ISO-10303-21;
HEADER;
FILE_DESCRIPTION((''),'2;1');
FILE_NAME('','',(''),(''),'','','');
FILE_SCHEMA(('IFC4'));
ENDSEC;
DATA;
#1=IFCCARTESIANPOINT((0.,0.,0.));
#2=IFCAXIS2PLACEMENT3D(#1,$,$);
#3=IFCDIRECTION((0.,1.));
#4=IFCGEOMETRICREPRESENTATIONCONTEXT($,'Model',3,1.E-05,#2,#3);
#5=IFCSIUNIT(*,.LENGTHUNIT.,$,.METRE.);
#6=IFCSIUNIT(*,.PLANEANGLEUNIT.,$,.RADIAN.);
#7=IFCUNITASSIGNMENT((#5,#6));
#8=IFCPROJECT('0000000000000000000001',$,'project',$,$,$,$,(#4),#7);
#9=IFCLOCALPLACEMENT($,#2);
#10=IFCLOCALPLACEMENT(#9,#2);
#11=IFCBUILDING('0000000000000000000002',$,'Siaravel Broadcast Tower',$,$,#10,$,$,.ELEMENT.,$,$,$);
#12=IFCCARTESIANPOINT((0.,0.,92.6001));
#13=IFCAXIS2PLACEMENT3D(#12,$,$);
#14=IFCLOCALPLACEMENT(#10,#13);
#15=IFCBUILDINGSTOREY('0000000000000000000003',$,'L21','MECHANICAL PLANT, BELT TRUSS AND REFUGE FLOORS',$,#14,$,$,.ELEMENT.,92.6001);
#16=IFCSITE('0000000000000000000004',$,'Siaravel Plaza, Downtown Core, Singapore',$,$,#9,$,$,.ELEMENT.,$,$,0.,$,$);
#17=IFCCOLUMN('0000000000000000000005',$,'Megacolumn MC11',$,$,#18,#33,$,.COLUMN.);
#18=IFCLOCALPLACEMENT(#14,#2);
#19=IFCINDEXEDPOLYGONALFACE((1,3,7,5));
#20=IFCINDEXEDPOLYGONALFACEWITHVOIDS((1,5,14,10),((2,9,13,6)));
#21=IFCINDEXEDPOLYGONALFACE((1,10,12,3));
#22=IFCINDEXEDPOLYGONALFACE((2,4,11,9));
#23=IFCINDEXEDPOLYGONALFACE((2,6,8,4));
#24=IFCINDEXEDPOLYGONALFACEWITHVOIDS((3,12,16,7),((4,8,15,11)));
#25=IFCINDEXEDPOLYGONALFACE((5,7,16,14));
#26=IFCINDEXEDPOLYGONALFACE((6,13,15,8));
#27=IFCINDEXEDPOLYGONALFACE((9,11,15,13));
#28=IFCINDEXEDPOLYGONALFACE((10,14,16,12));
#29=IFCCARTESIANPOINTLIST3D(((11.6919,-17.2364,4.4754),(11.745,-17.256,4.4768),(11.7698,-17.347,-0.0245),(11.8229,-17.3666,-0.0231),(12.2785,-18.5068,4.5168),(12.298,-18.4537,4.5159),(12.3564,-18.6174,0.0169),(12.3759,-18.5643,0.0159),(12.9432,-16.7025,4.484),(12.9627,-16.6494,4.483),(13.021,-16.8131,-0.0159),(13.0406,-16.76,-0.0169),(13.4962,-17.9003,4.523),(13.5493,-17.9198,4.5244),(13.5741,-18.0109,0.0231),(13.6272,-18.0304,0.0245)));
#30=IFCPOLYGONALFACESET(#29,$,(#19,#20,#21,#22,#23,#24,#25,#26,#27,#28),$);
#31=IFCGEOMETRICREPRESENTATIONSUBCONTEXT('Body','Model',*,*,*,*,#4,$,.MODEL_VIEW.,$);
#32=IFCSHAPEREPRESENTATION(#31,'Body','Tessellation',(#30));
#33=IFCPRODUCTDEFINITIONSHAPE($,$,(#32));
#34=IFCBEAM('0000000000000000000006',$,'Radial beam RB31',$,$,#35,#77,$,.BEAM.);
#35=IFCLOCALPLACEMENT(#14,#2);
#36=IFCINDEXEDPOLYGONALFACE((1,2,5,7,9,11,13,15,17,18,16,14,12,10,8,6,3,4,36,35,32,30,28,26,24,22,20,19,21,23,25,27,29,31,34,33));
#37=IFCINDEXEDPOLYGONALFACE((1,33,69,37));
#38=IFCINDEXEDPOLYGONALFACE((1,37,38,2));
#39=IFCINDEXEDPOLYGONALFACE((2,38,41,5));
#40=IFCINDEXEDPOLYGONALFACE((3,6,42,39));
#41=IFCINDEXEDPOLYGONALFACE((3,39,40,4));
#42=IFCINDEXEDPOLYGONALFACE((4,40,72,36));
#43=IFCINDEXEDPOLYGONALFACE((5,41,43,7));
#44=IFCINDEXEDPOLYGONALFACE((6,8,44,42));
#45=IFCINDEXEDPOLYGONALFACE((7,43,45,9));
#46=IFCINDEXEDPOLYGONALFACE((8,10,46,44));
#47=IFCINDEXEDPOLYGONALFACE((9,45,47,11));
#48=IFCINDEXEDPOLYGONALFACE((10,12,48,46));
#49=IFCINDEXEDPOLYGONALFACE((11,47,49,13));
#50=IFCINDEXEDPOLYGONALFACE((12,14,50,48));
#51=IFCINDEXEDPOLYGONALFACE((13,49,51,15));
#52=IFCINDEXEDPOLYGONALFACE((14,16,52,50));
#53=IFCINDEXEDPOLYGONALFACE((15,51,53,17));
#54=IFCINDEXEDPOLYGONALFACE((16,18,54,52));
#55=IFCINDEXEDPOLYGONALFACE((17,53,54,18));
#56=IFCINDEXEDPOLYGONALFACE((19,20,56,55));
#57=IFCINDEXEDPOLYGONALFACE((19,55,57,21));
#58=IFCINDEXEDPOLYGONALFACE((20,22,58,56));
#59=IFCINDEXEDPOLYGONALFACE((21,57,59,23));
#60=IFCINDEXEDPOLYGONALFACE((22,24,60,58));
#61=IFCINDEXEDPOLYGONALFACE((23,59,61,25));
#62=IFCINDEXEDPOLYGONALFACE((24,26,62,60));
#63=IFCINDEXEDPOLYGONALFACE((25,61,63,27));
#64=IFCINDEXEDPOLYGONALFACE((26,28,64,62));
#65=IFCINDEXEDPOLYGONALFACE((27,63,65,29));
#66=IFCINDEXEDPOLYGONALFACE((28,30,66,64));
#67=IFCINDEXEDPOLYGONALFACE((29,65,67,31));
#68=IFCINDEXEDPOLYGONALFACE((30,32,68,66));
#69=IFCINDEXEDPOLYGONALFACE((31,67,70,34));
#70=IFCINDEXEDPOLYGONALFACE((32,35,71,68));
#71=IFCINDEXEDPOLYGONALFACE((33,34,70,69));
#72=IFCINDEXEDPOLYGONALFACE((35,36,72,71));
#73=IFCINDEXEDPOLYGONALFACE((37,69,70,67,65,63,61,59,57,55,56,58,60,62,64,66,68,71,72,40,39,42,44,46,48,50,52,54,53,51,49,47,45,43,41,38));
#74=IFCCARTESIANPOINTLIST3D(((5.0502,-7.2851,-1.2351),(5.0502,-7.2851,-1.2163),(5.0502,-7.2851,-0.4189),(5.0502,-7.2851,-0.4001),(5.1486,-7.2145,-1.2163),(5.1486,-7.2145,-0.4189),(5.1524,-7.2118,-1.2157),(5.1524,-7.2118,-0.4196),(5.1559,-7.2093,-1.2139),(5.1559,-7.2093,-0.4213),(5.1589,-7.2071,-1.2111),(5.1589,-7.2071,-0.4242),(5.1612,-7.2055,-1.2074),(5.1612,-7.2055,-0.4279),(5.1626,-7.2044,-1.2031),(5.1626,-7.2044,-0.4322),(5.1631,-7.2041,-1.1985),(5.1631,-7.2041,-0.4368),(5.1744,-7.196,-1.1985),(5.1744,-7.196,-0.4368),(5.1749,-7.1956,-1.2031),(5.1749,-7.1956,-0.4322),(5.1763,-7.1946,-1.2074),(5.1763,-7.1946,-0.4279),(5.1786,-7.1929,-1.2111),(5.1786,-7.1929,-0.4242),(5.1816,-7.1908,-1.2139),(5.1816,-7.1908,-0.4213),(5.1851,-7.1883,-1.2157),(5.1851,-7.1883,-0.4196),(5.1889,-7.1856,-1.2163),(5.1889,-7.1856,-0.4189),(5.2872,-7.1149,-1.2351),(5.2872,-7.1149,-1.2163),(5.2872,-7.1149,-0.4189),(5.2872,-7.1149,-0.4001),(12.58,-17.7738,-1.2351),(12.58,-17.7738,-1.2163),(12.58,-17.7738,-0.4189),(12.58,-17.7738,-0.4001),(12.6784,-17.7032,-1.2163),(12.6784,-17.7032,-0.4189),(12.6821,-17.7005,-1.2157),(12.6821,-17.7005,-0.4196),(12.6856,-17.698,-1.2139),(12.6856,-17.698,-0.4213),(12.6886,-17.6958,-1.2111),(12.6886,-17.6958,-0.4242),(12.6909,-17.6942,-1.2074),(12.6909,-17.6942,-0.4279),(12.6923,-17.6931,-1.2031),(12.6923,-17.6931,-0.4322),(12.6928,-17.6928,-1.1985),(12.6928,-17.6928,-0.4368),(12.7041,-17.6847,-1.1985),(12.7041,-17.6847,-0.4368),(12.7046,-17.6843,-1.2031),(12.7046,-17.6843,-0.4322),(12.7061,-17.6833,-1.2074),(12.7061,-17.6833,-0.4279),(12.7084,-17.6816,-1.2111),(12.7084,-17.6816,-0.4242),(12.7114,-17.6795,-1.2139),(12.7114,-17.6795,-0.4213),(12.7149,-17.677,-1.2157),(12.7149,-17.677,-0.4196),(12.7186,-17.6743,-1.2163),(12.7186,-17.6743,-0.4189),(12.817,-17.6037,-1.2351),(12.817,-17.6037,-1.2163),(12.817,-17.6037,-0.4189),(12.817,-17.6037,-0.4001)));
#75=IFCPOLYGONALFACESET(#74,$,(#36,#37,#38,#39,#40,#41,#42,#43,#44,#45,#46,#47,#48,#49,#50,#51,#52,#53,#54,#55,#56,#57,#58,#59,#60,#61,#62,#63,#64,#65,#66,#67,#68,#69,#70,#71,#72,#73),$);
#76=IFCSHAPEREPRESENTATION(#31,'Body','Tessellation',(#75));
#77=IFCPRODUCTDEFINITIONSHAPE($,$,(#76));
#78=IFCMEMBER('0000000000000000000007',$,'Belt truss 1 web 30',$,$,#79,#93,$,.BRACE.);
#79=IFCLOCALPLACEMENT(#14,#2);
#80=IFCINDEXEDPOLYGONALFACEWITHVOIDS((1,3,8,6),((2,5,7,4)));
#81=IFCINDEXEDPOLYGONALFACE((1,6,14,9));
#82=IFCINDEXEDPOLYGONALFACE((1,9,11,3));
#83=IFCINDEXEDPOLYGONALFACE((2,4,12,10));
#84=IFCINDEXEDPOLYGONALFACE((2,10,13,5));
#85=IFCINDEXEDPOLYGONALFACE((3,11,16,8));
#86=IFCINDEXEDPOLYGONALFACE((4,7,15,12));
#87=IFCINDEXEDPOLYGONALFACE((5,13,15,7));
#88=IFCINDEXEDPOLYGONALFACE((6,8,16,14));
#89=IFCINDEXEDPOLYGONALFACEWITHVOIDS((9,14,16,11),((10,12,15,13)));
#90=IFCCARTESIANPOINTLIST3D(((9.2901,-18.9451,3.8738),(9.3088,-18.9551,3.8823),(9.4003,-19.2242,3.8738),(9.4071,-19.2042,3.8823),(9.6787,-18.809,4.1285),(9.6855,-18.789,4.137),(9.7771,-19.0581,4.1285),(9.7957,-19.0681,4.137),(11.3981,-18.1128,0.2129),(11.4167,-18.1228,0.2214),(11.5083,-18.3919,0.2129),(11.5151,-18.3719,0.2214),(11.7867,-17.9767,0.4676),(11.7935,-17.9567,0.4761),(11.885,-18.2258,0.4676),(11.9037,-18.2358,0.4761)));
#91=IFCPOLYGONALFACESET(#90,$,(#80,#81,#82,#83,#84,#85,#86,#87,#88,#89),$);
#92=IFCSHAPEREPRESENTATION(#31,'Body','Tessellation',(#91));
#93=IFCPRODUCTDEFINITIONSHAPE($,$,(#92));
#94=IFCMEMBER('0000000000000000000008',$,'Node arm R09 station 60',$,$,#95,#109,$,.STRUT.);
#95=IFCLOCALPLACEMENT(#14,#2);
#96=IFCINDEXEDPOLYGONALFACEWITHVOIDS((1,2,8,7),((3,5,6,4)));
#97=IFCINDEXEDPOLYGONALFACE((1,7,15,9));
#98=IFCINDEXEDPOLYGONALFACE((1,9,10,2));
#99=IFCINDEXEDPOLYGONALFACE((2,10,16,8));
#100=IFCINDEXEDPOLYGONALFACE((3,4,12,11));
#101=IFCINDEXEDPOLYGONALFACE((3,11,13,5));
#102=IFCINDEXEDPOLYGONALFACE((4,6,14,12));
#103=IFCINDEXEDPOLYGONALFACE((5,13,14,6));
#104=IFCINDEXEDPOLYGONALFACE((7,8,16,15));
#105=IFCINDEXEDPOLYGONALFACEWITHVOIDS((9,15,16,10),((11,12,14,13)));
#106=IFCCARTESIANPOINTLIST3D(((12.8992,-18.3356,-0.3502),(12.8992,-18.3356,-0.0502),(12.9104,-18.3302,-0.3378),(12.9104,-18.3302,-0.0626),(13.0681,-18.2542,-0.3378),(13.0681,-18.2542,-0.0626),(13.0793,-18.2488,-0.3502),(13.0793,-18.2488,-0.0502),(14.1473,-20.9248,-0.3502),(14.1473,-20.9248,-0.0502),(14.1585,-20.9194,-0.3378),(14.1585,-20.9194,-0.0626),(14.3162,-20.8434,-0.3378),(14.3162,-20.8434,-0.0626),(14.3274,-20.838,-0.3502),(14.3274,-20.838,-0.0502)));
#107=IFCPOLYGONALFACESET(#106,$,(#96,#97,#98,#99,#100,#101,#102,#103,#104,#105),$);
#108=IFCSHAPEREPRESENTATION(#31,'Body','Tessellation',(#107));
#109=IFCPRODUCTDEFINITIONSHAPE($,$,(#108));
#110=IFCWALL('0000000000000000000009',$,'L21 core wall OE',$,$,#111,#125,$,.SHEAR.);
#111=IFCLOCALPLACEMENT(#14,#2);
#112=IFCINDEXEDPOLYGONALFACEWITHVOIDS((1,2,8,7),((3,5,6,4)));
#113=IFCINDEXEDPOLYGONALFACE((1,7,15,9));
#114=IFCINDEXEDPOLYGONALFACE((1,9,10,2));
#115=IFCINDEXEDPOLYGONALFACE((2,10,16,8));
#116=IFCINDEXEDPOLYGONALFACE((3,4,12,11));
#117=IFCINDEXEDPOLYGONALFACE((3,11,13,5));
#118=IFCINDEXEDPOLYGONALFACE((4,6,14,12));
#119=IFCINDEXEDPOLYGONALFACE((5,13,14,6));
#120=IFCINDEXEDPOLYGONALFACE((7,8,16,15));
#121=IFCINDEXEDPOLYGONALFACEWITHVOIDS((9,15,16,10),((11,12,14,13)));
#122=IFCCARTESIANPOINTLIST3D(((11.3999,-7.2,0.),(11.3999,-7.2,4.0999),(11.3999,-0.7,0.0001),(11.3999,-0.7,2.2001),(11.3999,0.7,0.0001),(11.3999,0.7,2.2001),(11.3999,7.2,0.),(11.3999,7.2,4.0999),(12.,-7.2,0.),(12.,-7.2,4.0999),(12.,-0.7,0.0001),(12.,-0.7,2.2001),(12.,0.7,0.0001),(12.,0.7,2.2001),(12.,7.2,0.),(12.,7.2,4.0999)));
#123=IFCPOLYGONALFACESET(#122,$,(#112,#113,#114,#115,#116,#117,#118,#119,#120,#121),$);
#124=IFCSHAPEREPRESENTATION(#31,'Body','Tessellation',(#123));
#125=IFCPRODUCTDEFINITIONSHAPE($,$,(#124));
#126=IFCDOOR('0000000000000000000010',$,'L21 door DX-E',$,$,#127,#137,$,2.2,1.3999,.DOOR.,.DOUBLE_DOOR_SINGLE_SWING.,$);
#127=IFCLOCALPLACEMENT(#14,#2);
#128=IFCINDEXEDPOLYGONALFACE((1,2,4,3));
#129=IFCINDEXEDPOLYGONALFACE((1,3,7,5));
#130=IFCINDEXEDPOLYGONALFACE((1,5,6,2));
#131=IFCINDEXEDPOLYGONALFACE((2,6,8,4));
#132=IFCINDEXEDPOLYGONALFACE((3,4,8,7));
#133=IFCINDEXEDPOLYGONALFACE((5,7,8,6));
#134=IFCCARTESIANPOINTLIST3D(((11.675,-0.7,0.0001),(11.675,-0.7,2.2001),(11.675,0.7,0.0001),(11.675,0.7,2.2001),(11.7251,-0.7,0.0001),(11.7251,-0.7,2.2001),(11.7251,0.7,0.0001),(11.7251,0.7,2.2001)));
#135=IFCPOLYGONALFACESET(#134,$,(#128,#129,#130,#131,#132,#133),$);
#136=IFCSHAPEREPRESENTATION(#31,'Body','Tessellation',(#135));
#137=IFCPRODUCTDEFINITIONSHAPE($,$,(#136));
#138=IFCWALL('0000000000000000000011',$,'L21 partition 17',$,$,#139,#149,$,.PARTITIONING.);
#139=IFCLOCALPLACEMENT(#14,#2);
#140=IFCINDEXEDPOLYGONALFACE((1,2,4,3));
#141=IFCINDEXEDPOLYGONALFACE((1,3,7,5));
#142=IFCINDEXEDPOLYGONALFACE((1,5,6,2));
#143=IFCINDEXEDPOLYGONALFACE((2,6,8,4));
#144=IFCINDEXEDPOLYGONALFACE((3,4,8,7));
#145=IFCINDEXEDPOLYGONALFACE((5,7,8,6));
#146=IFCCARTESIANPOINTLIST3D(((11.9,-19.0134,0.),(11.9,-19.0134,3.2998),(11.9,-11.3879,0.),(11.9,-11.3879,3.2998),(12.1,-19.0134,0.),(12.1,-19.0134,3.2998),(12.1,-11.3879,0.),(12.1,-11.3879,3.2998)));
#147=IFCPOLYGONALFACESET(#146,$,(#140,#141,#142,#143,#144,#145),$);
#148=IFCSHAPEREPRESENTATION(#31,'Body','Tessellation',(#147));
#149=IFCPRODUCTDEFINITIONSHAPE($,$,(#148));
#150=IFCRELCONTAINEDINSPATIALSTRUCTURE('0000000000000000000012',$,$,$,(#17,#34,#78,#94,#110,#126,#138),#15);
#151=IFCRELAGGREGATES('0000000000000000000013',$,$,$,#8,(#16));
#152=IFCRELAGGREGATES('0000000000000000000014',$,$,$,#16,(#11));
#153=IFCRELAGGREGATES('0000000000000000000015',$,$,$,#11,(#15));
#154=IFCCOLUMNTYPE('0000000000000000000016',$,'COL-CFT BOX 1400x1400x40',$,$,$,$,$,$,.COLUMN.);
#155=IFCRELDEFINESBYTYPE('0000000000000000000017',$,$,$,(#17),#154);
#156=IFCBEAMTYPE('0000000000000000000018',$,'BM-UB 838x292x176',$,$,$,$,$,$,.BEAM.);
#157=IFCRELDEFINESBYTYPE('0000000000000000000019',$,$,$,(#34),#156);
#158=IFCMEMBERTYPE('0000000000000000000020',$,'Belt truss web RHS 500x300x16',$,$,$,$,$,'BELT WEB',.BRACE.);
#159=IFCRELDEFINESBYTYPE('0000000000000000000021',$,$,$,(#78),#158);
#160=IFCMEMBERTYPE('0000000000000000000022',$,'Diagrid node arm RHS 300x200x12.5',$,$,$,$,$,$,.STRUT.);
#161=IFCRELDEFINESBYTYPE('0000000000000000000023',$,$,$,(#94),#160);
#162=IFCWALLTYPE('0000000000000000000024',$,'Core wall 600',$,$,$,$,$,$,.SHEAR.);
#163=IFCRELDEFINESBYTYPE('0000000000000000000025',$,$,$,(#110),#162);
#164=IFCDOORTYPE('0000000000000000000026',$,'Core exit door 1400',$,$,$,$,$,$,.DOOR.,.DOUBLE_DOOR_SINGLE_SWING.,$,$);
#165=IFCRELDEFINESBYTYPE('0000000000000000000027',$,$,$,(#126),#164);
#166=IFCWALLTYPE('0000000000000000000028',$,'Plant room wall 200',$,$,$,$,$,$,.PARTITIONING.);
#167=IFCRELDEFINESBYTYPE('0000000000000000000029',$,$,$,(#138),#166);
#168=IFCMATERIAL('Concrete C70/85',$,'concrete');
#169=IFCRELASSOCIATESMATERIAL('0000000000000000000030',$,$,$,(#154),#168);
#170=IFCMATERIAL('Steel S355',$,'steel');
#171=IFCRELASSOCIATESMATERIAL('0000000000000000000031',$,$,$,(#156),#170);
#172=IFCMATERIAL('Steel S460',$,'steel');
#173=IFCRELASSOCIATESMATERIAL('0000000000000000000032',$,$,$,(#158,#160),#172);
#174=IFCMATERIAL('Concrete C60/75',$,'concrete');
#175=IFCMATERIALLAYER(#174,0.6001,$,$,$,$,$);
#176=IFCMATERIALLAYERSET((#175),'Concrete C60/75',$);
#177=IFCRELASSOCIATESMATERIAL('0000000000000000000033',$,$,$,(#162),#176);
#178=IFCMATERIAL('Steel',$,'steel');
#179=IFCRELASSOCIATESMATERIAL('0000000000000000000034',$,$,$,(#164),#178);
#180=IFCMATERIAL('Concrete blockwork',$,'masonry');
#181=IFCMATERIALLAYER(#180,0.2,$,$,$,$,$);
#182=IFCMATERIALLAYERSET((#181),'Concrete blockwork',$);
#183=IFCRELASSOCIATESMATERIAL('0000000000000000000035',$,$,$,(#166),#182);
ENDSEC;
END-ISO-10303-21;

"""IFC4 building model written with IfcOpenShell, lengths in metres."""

from ifc_helpers import new_model, si_unit, direction, frame, frame_2d, origin, origin_2d, place, context, subcontext, project, spatial, rectangle, hollow_rectangle, i_section, extrude, material, layer, layer_set, material_profile, profile_set, type_object, element, fill, save


model = new_model("IFC4")

# Units and contexts
model_context = context("Model", 3, precision=1e-05, world=origin(), true_north=direction((0.0, 1.0)))
body_context = subcontext(model_context, "Body", "Model", "MODEL_VIEW")
ifc_project = project(units=[si_unit("LENGTHUNIT", "METRE"), si_unit("PLANEANGLEUNIT", "RADIAN")], contexts=[model_context])

# Site, building, storey
site_placement = place(None, origin())
site = spatial("IfcSite", under=ifc_project, at=site_placement, Name="Siaravel Plaza, Downtown Core, Singapore", CompositionType="ELEMENT", RefElevation=0.0)
building_placement = place(site_placement, origin())
building = spatial("IfcBuilding", under=site, at=building_placement, Name="Siaravel Broadcast Tower", CompositionType="ELEMENT")
storey_placement = place(building_placement, frame((0.0, 0.0, 92.6001)))
storey = spatial("IfcBuildingStorey", under=building, at=storey_placement, Name="L21", Description="MECHANICAL PLANT, BELT TRUSS AND REFUGE FLOORS", CompositionType="ELEMENT", Elevation=92.6001)

# Column
ifc_material_1 = material(Name="Concrete C70/85", Category="concrete")
ifc_material_profile_1 = material_profile(ifc_material_1, hollow_rectangle(XDim=1.3999, YDim=1.3999, WallThickness=0.04, at=origin_2d()))
ifc_profile_set_1 = profile_set([ifc_material_profile_1], Name="Concrete C70/85")
column_type = type_object("IfcColumnType", Name="COL-CFT BOX 1400x1400x40", PredefinedType="COLUMN", material=ifc_profile_set_1)
column_placement = place(storey_placement, frame((12.6985, -17.6887, 0.0), z_axis=(-0.017299, 0.024566, 0.999549), x_axis=(-0.907811, -0.419344, -0.005405)))
element("IfcColumn", 1, at=column_placement, inside=storey, type_object=column_type, Name="Megacolumn MC11", PredefinedType="COLUMN", context=body_context, shape_type="SweptSolid", body=[
    extrude(hollow_rectangle(XDim=1.3999, YDim=1.3999, WallThickness=0.04, at=origin_2d()), origin(), (0.0, 0.0, 1.0), 4.502),
])

# Beam
ifc_material_2 = material(Name="Steel S355", Category="steel")
ifc_material_profile_2 = material_profile(ifc_material_2, i_section(OverallWidth=0.2917, OverallDepth=0.835, WebThickness=0.0139, FlangeThickness=0.0188, FilletRadius=0.0178, at=origin_2d()))
ifc_profile_set_2 = profile_set([ifc_material_profile_2], Name="Steel S355")
beam_type = type_object("IfcBeamType", Name="BM-UB 838x292x176", PredefinedType="BEAM", material=ifc_profile_set_2)
beam_placement = place(storey_placement, frame((12.6985, -17.6887, -0.8176), z_axis=(-0.583175, 0.812346, 0.0), x_axis=(-0.812346, -0.583175, 0.0)))
element("IfcBeam", 2, at=beam_placement, inside=storey, type_object=beam_type, Name="Radial beam RB31", PredefinedType="BEAM", context=body_context, shape_type="SweptSolid", body=[
    extrude(i_section(OverallWidth=0.2917, OverallDepth=0.835, WebThickness=0.0139, FlangeThickness=0.0188, FilletRadius=0.0178, at=origin_2d()), origin(), (0.0, 0.0, 1.0), 12.9116),
])

# Members
ifc_material_3 = material(Name="Steel S460", Category="steel")
ifc_material_profile_3 = material_profile(ifc_material_3, hollow_rectangle(XDim=0.3, YDim=0.5, WallThickness=0.0161, at=origin_2d()))
ifc_profile_set_3 = profile_set([ifc_material_profile_3], Name="Steel S460")
member_type_1 = type_object("IfcMemberType", Name="Belt truss web RHS 500x300x16", ElementType="BELT WEB", PredefinedType="BRACE", material=ifc_profile_set_3)
member_1_placement = place(storey_placement, frame((11.6509, -18.1743, 0.3445), z_axis=(-0.489576, -0.193301, 0.850265), x_axis=(0.367245, -0.930124, 0.0)))
element("IfcMember", 3, at=member_1_placement, inside=storey, type_object=member_type_1, Name="Belt truss 1 web 30", PredefinedType="BRACE", context=body_context, shape_type="SweptSolid", body=[
    extrude(hollow_rectangle(XDim=0.3, YDim=0.5, WallThickness=0.0161, at=origin_2d()), origin(), (0.0, 0.0, 1.0), 4.3057),
])
ifc_material_profile_4 = material_profile(ifc_material_3, hollow_rectangle(XDim=0.2, YDim=0.3, WallThickness=0.0125, at=origin_2d()))
ifc_profile_set_4 = profile_set([ifc_material_profile_4], Name="Steel S460")
member_type_2 = type_object("IfcMemberType", Name="Diagrid node arm RHS 300x200x12.5", PredefinedType="STRUT", material=ifc_profile_set_4)
member_2_placement = place(storey_placement, frame((12.9893, -18.2922, -0.2002), z_axis=(0.434222, -0.900806, 0.0), x_axis=(0.900806, 0.434222, 0.0)))
element("IfcMember", 4, at=member_2_placement, inside=storey, type_object=member_type_2, Name="Node arm R09 station 60", PredefinedType="STRUT", context=body_context, shape_type="SweptSolid", body=[
    extrude(hollow_rectangle(XDim=0.2, YDim=0.3, WallThickness=0.0125, at=origin_2d()), origin(), (0.0, 0.0, 1.0), 2.8743),
])

# Wall, opening, door
ifc_material_4 = material(Name="Concrete C60/75", Category="concrete")
ifc_layer_1 = layer(ifc_material_4, 0.6001)
ifc_layer_set_1 = layer_set([ifc_layer_1], Name="Concrete C60/75")
wall_type_1 = type_object("IfcWallType", Name="Core wall 600", PredefinedType="SHEAR", material=ifc_layer_set_1)
wall_1_placement = place(storey_placement, frame((11.7, -7.2, 0.0), z_axis=(0.0, 0.0, 1.0), x_axis=(0.0, 1.0, 0.0)))
wall_1 = element("IfcWall", 5, at=wall_1_placement, inside=storey, type_object=wall_type_1, Name="L21 core wall OE", PredefinedType="SHEAR", context=body_context, shape_type="SweptSolid", body=[
    extrude(rectangle(XDim=14.3999, YDim=0.6001, at=frame_2d((7.2, 0.0))), origin(), (0.0, 0.0, 1.0), 4.0999),
])
opening_1_placement = place(wall_1_placement, frame((6.5, 0.0, 0.0)))
opening_1 = element("IfcOpeningElement", 6, at=opening_1_placement, cuts=wall_1, PredefinedType="OPENING", context=body_context, shape_type="SweptSolid", body=[
    extrude(rectangle(XDim=1.3999, YDim=2.2, at=frame_2d((0.7, 1.1001))), frame((0.0, 0.3101, 0.0), z_axis=(0.0, -1.0, 0.0), x_axis=(1.0, 0.0, 0.0)), (0.0, 0.0, 1.0), 0.6201),
])
ifc_material_5 = material(Name="Steel", Category="steel")
door_type_1 = type_object("IfcDoorType", Name="Core exit door 1400", OperationType="DOUBLE_DOOR_SINGLE_SWING", PredefinedType="DOOR", material=ifc_material_5)
door_1_placement = place(opening_1_placement, origin())
door_1 = element("IfcDoor", 7, at=door_1_placement, inside=storey, type_object=door_type_1, Name="L21 door DX-E", OperationType="DOUBLE_DOOR_SINGLE_SWING", OverallHeight=2.2, OverallWidth=1.3999, PredefinedType="DOOR", context=body_context, shape_type="SweptSolid", body=[
    extrude(rectangle(XDim=1.3999, YDim=2.2, at=frame_2d((0.7, 1.1001))), frame((0.0, 0.0249, 0.0), z_axis=(0.0, -1.0, 0.0), x_axis=(1.0, 0.0, 0.0)), (0.0, 0.0, 1.0), 0.05),
])
fill(opening_1, door_1)

# Wall
ifc_material_6 = material(Name="Concrete blockwork", Category="masonry")
ifc_layer_2 = layer(ifc_material_6, 0.2)
ifc_layer_set_2 = layer_set([ifc_layer_2], Name="Concrete blockwork")
wall_type_2 = type_object("IfcWallType", Name="Plant room wall 200", PredefinedType="PARTITIONING", material=ifc_layer_set_2)
wall_2_placement = place(storey_placement, frame((12.0, -19.0134, 0.0), z_axis=(0.0, 0.0, 1.0), x_axis=(0.0, 1.0, 0.0)))
element("IfcWall", 8, at=wall_2_placement, inside=storey, type_object=wall_type_2, Name="L21 partition 17", PredefinedType="PARTITIONING", context=body_context, shape_type="SweptSolid", body=[
    extrude(rectangle(XDim=7.6255, YDim=0.2, at=frame_2d((3.8127, 0.0))), origin(), (0.0, 0.0, 1.0), 3.2998),
])

save(model, "model.ifc")
